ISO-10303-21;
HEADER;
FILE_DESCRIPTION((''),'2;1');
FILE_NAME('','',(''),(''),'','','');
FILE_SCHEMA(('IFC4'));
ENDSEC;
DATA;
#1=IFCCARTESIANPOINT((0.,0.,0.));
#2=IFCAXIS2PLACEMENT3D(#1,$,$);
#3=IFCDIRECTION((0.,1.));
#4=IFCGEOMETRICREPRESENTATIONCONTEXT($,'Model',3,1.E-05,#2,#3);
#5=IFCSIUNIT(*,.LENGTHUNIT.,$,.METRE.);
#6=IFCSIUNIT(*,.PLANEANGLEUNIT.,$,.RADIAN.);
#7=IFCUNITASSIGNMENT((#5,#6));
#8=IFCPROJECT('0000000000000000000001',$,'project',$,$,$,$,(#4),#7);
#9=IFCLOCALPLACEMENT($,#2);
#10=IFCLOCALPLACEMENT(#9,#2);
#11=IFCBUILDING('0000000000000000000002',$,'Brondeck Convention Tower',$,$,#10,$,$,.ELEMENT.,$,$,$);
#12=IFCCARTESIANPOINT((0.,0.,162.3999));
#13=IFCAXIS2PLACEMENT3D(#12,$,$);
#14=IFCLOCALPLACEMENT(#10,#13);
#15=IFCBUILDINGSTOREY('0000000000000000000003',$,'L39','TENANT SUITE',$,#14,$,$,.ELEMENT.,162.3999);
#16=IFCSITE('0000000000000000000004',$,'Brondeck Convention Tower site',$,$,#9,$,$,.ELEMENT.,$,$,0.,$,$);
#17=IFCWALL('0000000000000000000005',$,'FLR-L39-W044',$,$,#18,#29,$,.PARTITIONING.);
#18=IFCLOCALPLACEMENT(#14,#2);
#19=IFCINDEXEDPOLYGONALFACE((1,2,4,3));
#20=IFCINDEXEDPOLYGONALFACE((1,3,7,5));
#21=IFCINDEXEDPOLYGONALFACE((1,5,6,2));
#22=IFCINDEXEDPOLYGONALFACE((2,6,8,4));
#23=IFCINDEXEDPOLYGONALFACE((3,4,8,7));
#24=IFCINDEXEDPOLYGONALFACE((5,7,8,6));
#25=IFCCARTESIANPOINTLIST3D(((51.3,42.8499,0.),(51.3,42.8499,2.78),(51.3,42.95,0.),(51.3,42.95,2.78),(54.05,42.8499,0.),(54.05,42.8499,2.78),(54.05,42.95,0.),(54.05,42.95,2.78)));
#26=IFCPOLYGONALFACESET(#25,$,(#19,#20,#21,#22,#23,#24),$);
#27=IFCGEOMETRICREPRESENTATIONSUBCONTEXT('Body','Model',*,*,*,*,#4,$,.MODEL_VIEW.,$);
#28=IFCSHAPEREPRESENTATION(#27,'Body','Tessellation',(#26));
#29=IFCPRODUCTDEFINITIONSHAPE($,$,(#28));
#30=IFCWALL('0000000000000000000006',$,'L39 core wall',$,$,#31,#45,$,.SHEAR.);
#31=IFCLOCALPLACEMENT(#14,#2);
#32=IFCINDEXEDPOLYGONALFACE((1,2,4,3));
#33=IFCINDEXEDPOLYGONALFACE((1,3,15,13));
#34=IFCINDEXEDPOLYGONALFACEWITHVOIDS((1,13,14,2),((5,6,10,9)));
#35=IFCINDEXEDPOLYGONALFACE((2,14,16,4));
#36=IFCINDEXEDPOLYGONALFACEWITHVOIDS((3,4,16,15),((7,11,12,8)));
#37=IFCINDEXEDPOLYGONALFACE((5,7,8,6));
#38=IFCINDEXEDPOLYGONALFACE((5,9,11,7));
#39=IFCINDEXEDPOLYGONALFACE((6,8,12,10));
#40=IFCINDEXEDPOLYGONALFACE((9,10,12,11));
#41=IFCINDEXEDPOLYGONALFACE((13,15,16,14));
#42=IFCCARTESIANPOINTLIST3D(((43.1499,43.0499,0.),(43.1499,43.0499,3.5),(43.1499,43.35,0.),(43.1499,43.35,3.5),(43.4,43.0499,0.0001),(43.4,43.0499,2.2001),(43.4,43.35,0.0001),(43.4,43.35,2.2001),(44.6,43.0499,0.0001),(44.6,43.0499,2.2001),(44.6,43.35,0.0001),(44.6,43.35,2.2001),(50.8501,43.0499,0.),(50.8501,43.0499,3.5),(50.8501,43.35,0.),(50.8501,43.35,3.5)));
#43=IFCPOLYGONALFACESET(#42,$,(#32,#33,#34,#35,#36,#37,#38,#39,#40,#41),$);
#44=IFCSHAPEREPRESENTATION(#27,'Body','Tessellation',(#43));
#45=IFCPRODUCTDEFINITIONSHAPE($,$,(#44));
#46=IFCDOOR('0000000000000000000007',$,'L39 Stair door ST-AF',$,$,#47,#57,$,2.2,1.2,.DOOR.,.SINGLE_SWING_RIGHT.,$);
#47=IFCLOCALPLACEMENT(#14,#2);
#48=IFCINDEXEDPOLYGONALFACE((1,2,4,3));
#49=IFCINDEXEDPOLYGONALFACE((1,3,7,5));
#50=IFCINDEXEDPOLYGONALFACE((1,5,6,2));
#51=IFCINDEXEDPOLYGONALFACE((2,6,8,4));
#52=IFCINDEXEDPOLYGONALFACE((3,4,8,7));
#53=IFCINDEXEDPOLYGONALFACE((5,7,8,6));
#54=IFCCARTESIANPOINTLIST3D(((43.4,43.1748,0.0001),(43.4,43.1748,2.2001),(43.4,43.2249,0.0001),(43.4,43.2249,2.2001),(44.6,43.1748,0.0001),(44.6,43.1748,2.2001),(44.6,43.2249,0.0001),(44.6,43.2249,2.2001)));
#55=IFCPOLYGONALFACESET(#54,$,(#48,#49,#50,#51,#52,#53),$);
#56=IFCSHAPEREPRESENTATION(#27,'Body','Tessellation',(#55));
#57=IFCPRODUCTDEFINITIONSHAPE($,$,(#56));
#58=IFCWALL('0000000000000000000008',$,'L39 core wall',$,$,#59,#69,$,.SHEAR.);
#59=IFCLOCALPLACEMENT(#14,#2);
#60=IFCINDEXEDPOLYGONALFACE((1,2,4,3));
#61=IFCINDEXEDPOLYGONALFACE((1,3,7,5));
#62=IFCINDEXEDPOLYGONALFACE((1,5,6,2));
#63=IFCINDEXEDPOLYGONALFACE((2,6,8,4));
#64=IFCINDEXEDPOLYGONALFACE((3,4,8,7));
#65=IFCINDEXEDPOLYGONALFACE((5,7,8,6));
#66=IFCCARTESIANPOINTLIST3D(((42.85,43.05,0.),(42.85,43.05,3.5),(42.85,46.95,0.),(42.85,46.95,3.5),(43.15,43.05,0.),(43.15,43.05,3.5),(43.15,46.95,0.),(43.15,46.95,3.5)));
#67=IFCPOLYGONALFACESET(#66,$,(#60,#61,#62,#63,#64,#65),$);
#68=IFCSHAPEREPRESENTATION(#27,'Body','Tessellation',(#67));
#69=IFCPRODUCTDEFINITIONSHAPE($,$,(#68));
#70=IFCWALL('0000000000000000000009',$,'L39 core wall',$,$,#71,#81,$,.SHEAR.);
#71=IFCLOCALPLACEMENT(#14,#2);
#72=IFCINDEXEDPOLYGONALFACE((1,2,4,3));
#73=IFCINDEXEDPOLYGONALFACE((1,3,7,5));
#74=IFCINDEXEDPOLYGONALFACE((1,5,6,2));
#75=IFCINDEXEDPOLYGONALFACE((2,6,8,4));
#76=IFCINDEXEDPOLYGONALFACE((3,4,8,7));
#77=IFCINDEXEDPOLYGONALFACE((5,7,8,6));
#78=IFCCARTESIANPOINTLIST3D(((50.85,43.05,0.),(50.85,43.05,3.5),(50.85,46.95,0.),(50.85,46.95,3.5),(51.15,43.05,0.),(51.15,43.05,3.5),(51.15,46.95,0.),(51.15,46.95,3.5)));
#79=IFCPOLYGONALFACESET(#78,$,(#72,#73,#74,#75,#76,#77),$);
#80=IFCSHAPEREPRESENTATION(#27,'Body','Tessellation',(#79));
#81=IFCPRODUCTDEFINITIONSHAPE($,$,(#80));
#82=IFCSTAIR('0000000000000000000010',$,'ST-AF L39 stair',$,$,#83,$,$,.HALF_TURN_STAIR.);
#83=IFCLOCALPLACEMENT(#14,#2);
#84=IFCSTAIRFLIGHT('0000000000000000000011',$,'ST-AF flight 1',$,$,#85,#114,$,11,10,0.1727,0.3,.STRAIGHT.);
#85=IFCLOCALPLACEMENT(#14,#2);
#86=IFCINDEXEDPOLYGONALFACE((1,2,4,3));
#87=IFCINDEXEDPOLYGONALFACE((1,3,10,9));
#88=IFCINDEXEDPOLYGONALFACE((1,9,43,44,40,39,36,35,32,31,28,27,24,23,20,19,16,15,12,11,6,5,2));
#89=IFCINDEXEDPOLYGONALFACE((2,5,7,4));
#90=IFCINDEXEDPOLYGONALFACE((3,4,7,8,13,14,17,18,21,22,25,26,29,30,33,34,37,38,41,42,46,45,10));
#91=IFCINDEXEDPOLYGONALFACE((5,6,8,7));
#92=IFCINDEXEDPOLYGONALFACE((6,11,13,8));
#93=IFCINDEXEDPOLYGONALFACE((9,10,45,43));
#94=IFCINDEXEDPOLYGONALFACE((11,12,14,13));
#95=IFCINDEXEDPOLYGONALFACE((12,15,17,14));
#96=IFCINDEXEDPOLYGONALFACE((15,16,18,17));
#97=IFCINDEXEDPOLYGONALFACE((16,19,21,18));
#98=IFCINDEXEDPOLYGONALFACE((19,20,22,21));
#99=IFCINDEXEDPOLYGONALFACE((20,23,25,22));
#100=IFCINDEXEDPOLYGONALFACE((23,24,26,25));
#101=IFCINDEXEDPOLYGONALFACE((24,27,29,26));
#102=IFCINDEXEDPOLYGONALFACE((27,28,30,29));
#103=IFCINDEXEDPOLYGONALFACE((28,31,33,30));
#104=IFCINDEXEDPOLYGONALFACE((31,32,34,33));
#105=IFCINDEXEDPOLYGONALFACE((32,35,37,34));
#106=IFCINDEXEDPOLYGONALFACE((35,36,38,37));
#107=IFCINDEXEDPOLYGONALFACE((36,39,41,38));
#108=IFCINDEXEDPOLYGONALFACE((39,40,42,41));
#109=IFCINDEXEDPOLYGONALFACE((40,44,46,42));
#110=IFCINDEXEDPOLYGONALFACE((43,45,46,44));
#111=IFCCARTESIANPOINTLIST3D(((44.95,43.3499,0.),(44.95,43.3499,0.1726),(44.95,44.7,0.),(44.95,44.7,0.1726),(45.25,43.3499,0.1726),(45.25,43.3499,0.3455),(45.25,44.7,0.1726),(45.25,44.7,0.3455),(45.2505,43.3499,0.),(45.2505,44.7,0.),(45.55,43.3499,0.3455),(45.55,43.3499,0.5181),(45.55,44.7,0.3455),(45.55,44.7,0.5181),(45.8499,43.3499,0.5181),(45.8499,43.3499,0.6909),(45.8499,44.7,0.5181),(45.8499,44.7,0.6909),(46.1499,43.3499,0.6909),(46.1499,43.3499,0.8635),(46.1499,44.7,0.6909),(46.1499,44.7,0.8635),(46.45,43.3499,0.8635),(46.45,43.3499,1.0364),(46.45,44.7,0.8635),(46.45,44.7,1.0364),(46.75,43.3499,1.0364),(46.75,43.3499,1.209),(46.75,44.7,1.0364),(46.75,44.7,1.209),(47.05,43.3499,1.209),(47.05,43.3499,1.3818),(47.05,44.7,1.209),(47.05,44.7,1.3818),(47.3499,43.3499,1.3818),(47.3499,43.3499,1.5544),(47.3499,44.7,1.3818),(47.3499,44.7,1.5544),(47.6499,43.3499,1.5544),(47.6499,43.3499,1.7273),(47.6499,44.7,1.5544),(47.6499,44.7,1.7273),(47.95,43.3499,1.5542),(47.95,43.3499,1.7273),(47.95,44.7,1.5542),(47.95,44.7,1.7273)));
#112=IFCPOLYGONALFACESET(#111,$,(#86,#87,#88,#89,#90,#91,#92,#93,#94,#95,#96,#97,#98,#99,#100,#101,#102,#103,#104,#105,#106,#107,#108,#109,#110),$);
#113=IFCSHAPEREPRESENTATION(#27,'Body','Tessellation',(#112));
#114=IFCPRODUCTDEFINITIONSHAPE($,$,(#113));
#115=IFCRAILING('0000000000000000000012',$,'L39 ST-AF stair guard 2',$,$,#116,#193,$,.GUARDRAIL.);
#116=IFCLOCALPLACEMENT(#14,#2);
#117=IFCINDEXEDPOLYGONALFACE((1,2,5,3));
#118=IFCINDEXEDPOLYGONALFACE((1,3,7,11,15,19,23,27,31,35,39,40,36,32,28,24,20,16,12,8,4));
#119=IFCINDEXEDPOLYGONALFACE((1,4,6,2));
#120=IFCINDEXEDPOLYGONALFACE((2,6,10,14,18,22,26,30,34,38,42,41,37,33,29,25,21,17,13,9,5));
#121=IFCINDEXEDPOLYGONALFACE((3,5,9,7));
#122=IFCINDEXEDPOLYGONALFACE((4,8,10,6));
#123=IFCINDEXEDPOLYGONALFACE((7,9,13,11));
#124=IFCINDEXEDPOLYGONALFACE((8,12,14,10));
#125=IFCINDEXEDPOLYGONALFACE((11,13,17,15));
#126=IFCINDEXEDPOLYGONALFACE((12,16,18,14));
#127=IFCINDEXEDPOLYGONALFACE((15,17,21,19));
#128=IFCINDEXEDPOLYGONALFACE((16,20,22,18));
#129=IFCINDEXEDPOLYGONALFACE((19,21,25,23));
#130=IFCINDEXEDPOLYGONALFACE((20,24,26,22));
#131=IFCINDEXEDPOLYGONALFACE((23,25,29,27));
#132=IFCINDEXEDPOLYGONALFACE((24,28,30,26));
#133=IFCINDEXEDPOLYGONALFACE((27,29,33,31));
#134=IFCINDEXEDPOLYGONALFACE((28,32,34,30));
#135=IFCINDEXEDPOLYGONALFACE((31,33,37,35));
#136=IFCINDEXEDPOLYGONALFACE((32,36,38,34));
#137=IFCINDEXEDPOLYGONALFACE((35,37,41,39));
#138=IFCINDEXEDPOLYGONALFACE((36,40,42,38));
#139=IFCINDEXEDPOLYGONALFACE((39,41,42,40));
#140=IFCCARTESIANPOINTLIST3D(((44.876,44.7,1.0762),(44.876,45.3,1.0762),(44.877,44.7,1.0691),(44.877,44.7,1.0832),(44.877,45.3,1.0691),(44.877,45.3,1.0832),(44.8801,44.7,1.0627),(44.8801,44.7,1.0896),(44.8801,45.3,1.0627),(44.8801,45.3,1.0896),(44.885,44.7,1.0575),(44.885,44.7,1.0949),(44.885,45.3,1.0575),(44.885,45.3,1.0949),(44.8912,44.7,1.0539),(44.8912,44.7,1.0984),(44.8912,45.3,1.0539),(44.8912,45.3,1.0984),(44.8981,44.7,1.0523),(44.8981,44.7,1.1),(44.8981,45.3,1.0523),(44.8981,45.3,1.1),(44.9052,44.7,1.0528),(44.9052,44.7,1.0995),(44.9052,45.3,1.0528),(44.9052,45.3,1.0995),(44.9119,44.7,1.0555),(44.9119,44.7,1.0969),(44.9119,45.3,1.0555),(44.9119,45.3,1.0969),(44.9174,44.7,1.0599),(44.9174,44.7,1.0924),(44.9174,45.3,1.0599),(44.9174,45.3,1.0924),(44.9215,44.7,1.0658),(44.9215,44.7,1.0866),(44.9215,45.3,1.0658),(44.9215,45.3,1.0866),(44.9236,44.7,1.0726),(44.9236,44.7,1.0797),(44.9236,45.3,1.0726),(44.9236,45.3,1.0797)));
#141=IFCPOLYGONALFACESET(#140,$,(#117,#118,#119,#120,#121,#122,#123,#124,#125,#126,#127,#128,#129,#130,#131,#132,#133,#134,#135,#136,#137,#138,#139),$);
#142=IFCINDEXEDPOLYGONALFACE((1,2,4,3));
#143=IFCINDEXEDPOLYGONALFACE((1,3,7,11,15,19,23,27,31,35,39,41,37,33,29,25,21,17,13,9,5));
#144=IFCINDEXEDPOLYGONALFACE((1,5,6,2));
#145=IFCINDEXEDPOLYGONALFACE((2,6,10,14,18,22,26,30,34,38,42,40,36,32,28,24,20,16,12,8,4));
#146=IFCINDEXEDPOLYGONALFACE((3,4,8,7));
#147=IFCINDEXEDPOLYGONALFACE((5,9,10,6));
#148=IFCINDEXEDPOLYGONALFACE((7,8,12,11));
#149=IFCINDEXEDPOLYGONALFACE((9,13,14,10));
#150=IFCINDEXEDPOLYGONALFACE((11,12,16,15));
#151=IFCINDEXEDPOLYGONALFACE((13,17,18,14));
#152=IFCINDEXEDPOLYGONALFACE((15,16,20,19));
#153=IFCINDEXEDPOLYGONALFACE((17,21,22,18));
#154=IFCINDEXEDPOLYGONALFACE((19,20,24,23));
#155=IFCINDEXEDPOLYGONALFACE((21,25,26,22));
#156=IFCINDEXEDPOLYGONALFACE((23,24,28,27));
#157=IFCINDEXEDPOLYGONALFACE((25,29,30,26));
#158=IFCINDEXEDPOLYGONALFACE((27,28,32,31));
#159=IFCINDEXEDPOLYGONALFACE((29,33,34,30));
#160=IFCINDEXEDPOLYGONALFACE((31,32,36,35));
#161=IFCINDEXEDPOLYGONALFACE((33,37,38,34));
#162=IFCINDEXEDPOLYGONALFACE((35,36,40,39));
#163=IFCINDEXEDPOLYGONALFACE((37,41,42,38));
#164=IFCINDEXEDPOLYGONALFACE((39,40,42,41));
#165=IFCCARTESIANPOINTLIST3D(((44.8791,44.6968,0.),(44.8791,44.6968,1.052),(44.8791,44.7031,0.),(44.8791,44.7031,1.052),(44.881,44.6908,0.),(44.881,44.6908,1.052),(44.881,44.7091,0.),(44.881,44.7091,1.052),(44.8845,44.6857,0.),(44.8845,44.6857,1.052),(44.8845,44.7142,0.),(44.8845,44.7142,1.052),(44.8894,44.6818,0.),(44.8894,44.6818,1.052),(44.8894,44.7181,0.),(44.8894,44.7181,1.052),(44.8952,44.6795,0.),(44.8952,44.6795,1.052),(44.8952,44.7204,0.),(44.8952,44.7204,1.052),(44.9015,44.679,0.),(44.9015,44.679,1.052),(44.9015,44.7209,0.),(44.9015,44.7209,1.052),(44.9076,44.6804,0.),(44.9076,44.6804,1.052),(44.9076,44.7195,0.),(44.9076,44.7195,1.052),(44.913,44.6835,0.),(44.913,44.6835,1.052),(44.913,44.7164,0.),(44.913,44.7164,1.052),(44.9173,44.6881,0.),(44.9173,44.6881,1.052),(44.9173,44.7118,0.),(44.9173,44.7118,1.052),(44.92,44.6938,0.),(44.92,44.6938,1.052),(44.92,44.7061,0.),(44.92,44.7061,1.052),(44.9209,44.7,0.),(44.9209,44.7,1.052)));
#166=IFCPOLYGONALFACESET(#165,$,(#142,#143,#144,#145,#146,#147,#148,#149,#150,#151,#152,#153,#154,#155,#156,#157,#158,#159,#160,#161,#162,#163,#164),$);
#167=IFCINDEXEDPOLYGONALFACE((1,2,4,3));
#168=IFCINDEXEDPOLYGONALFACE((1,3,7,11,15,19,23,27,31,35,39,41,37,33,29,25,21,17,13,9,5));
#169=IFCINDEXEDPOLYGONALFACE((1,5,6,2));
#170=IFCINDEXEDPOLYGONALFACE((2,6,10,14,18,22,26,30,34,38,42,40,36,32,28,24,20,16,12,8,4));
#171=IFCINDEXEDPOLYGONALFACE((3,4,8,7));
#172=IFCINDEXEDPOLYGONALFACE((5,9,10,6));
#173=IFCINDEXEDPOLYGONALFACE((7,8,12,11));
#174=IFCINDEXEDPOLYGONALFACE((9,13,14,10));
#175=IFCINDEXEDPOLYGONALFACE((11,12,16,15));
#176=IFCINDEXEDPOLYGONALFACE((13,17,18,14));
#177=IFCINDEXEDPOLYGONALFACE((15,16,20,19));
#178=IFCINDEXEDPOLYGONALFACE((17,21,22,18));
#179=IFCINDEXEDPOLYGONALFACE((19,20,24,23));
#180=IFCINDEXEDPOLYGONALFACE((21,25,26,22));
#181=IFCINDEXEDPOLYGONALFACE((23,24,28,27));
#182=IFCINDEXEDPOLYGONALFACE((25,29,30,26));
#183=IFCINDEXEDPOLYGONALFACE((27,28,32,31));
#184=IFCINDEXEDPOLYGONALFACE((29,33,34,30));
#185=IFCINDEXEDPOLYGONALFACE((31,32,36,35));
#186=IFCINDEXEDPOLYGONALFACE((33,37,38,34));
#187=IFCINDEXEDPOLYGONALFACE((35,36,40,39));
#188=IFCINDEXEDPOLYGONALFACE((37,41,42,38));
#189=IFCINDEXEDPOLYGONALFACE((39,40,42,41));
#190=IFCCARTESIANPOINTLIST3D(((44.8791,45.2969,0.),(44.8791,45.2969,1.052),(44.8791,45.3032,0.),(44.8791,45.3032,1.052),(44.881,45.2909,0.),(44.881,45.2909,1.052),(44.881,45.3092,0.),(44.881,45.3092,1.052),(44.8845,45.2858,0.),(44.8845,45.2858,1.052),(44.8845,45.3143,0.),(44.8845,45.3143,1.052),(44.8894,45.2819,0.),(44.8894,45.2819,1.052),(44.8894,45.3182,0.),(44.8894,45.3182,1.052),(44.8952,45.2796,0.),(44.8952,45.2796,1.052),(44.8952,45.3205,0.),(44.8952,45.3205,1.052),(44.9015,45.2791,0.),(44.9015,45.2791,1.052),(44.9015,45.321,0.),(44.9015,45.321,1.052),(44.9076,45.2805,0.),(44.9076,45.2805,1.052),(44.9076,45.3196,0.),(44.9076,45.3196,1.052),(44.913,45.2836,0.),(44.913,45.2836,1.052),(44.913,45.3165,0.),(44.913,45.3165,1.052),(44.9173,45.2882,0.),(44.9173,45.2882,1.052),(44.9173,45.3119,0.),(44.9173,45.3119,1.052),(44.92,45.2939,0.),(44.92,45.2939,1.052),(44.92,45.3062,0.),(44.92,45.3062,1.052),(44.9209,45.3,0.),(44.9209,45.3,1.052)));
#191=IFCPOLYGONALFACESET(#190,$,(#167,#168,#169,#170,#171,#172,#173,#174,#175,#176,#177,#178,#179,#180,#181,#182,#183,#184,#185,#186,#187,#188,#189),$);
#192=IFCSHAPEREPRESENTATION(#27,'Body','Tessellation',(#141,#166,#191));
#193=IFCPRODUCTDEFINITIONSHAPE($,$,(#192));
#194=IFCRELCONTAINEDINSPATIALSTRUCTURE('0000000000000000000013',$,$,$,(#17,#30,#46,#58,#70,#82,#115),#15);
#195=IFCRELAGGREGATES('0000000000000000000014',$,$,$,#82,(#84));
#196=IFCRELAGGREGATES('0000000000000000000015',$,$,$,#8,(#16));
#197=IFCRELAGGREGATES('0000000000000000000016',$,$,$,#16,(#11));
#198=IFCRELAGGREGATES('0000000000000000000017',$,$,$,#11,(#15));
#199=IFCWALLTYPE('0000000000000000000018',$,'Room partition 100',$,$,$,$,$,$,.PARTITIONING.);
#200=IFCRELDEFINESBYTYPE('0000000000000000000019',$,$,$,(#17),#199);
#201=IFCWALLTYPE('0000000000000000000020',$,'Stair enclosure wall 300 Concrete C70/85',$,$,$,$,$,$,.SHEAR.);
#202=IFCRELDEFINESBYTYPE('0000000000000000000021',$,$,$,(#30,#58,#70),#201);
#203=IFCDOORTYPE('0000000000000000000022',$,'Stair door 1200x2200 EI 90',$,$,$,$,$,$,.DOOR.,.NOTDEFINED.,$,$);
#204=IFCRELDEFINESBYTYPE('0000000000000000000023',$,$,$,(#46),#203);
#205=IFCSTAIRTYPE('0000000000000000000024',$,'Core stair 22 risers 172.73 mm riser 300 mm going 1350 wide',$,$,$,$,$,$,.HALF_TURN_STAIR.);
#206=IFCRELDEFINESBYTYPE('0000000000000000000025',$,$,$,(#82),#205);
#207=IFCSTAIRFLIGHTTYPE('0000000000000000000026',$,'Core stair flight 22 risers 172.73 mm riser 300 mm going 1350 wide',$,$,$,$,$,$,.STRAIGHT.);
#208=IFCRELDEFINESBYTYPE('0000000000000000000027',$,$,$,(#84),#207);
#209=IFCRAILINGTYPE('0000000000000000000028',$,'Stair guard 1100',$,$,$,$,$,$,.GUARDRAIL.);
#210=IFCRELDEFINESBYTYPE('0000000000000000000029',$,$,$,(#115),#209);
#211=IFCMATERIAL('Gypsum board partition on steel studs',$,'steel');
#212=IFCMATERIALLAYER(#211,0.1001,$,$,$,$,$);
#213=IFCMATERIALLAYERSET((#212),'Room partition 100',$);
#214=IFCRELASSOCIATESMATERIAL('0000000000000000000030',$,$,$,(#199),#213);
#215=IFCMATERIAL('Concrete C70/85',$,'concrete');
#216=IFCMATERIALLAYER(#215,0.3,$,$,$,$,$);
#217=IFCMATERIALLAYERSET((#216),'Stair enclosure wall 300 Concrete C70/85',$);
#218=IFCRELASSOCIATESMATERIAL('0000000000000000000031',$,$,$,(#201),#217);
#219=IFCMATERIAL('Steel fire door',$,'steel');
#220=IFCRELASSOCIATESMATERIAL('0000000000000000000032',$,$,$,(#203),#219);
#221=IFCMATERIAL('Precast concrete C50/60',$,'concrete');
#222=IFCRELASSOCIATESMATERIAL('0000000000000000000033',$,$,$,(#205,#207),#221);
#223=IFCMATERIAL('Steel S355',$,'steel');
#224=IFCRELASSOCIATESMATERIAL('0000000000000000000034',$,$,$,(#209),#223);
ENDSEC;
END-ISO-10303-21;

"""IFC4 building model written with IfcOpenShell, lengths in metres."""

from ifc_helpers import new_model, si_unit, direction, frame, frame_2d, origin, origin_2d, place, context, subcontext, project, spatial, polyline, rectangle, circle, outline, extrude, material, layer, layer_set, type_object, element, fill, aggregate, save


model = new_model("IFC4")

# Units and contexts
model_context = context("Model", 3, precision=1e-05, world=origin(), true_north=direction((0.0, 1.0)))
body_context = subcontext(model_context, "Body", "Model", "MODEL_VIEW")
ifc_project = project(units=[si_unit("LENGTHUNIT", "METRE"), si_unit("PLANEANGLEUNIT", "RADIAN")], contexts=[model_context])

# Site, building, storey
site_placement = place(None, origin())
site = spatial("IfcSite", under=ifc_project, at=site_placement, Name="Brondeck Convention Tower site", CompositionType="ELEMENT", RefElevation=0.0)
building_placement = place(site_placement, origin())
building = spatial("IfcBuilding", under=site, at=building_placement, Name="Brondeck Convention Tower", CompositionType="ELEMENT")
storey_placement = place(building_placement, frame((0.0, 0.0, 162.3999)))
storey = spatial("IfcBuildingStorey", under=building, at=storey_placement, Name="L39", Description="TENANT SUITE", CompositionType="ELEMENT", Elevation=162.3999)

# Shared definitions
ifc_material_1 = material(Name="Concrete C70/85", Category="concrete")

# Shared definitions
ifc_material_2 = material(Name="Steel S355", Category="steel")

# Shared definitions
ifc_material_3 = material(Name="Gypsum board partition on steel studs", Category="steel")
ifc_layer_1 = layer(ifc_material_3, 0.1001)
ifc_layer_set_1 = layer_set([ifc_layer_1], Name="Room partition 100")
wall_type_1 = type_object("IfcWallType", Name="Room partition 100", PredefinedType="PARTITIONING", material=ifc_layer_set_1)

# Wall
wall_1_placement = place(storey_placement, frame((51.3, 42.8999, 0.0), z_axis=(0.0, 0.0, 1.0), x_axis=(1.0, 0.0, 0.0)))
element("IfcWall", 1, at=wall_1_placement, inside=storey, type_object=wall_type_1, Name="FLR-L39-W044", PredefinedType="PARTITIONING", context=body_context, shape_type="SweptSolid", body=[
    extrude(rectangle(XDim=2.75, YDim=0.1001, at=frame_2d((1.375, 0.0))), origin(), (0.0, 0.0, 1.0), 2.78),
])

# Wall, opening, door
ifc_layer_2 = layer(ifc_material_1, 0.3)
ifc_layer_set_2 = layer_set([ifc_layer_2], Name="Stair enclosure wall 300 Concrete C70/85")
wall_type_2 = type_object("IfcWallType", Name="Stair enclosure wall 300 Concrete C70/85", PredefinedType="SHEAR", material=ifc_layer_set_2)
wall_2_placement = place(storey_placement, frame((43.1499, 43.2, 0.0), z_axis=(0.0, 0.0, 1.0), x_axis=(1.0, 0.0, 0.0)))
wall_2 = element("IfcWall", 2, at=wall_2_placement, inside=storey, type_object=wall_type_2, Name="L39 core wall", PredefinedType="SHEAR", context=body_context, shape_type="SweptSolid", body=[
    extrude(rectangle(XDim=7.7002, YDim=0.3, at=frame_2d((3.8501, 0.0))), origin(), (0.0, 0.0, 1.0), 3.5),
])
opening_1_placement = place(wall_2_placement, frame((0.25, 0.0, 0.0)))
opening_1 = element("IfcOpeningElement", 3, at=opening_1_placement, cuts=wall_2, PredefinedType="OPENING", context=body_context, shape_type="SweptSolid", body=[
    extrude(rectangle(XDim=1.2, YDim=2.2, at=frame_2d((0.6001, 1.1001))), frame((0.0, 0.1599, 0.0), z_axis=(0.0, -1.0, 0.0), x_axis=(1.0, 0.0, 0.0)), (0.0, 0.0, 1.0), 0.3201),
])
ifc_material_4 = material(Name="Steel fire door", Category="steel")
door_type_1 = type_object("IfcDoorType", Name="Stair door 1200x2200 EI 90", OperationType="NOTDEFINED", PredefinedType="DOOR", material=ifc_material_4)
door_1_placement = place(opening_1_placement, origin())
door_1 = element("IfcDoor", 4, at=door_1_placement, inside=storey, type_object=door_type_1, Name="L39 Stair door ST-AF", OperationType="SINGLE_SWING_RIGHT", OverallHeight=2.2, OverallWidth=1.2, PredefinedType="DOOR", context=body_context, shape_type="SweptSolid", body=[
    extrude(rectangle(XDim=1.2, YDim=2.2, at=frame_2d((0.6001, 1.1001))), frame((0.0, 0.0249, 0.0), z_axis=(0.0, -1.0, 0.0), x_axis=(1.0, 0.0, 0.0)), (0.0, 0.0, 1.0), 0.05),
])
fill(opening_1, door_1)

# Walls
for number, where, z_axis, x_axis, name in (
    (5, (43.0, 43.05, 0.0), (0.0, 0.0, 1.0), (0.0, 1.0, 0.0), "L39 core wall"),
    (6, (51.0, 43.05, 0.0), (0.0, 0.0, 1.0), (0.0, 1.0, 0.0), "L39 core wall"),
):
    element("IfcWall", number, at=place(storey_placement, frame(where, z_axis=z_axis, x_axis=x_axis)), inside=storey, type_object=wall_type_2, Name=name, PredefinedType="SHEAR", context=body_context, shape_type="SweptSolid", body=[
        extrude(rectangle(XDim=3.8999, YDim=0.3, at=frame_2d((1.95, 0.0))), origin(), (0.0, 0.0, 1.0), 3.5),
    ])

# Stair, stair flight
ifc_material_5 = material(Name="Precast concrete C50/60", Category="concrete")
stair_type = type_object("IfcStairType", Name="Core stair 22 risers 172.73 mm riser 300 mm going 1350 wide", PredefinedType="HALF_TURN_STAIR", material=ifc_material_5)
stair_placement = place(storey_placement, origin())
stair = element("IfcStair", 7, at=stair_placement, inside=storey, type_object=stair_type, Name="ST-AF L39 stair", PredefinedType="HALF_TURN_STAIR")
stair_flight_type = type_object("IfcStairFlightType", Name="Core stair flight 22 risers 172.73 mm riser 300 mm going 1350 wide", PredefinedType="STRAIGHT", material=ifc_material_5)
stair_flight_placement = place(storey_placement, frame((44.95, 44.0249, 0.0), z_axis=(0.0, 0.0, 1.0), x_axis=(1.0, 0.0, 0.0)))
stair_flight = element("IfcStairFlight", 8, at=stair_flight_placement, type_object=stair_flight_type, Name="ST-AF flight 1", NumberOfRisers=11, NumberOfTreads=10, PredefinedType="STRAIGHT", RiserHeight=0.1727, TreadLength=0.3, context=body_context, shape_type="SweptSolid", body=[
    extrude(outline(polyline([(0.0, 0.0), (0.0, 0.1726), (0.3, 0.1726), (0.3, 0.3455), (0.6001, 0.3455), (0.6001, 0.5181), (0.8999, 0.5181), (0.8999, 0.6909), (1.2, 0.6909), (1.2, 0.8635), (1.5, 0.8635), (1.5, 1.0364), (1.8, 1.0364), (1.8, 1.209), (2.1001, 1.209), (2.1001, 1.3818), (2.3999, 1.3818), (2.3999, 1.5544), (2.7, 1.5544), (2.7, 1.7273), (3.0, 1.7273), (3.0, 1.8999), (3.0, 1.5542), (0.3005, 0.0), (0.0, 0.0)])), frame((0.0, 0.675, 0.0), z_axis=(0.0, -1.0, 0.0), x_axis=(1.0, 0.0, 0.0)), (0.0, 0.0, 1.0), 1.3501),
])
aggregate(stair, [stair_flight])

# Railing
railing_type_1 = type_object("IfcRailingType", Name="Stair guard 1100", PredefinedType="GUARDRAIL", material=ifc_material_2)
railing_1_placement = place(storey_placement, frame((44.8999, 44.7, 0.0)))
element("IfcRailing", 9, at=railing_1_placement, inside=storey, type_object=railing_type_1, Name="L39 ST-AF stair guard 2", PredefinedType="GUARDRAIL", context=body_context, shape_type="SweptSolid", body=[
    extrude(circle(Radius=0.0239, at=origin_2d()), frame((0.0, 0.0, 1.0762), z_axis=(0.0, 1.0, 0.0), x_axis=(-1.0, 0.0, 0.0)), (0.0, 0.0, 1.0), 0.6001),
    extrude(circle(Radius=0.021, at=origin_2d()), origin(), (0.0, 0.0, 1.0), 1.052),
    extrude(circle(Radius=0.021, at=origin_2d()), frame((0.0, 0.6001, 0.0)), (0.0, 0.0, 1.0), 1.052),
])

save(model, "model.ifc")
